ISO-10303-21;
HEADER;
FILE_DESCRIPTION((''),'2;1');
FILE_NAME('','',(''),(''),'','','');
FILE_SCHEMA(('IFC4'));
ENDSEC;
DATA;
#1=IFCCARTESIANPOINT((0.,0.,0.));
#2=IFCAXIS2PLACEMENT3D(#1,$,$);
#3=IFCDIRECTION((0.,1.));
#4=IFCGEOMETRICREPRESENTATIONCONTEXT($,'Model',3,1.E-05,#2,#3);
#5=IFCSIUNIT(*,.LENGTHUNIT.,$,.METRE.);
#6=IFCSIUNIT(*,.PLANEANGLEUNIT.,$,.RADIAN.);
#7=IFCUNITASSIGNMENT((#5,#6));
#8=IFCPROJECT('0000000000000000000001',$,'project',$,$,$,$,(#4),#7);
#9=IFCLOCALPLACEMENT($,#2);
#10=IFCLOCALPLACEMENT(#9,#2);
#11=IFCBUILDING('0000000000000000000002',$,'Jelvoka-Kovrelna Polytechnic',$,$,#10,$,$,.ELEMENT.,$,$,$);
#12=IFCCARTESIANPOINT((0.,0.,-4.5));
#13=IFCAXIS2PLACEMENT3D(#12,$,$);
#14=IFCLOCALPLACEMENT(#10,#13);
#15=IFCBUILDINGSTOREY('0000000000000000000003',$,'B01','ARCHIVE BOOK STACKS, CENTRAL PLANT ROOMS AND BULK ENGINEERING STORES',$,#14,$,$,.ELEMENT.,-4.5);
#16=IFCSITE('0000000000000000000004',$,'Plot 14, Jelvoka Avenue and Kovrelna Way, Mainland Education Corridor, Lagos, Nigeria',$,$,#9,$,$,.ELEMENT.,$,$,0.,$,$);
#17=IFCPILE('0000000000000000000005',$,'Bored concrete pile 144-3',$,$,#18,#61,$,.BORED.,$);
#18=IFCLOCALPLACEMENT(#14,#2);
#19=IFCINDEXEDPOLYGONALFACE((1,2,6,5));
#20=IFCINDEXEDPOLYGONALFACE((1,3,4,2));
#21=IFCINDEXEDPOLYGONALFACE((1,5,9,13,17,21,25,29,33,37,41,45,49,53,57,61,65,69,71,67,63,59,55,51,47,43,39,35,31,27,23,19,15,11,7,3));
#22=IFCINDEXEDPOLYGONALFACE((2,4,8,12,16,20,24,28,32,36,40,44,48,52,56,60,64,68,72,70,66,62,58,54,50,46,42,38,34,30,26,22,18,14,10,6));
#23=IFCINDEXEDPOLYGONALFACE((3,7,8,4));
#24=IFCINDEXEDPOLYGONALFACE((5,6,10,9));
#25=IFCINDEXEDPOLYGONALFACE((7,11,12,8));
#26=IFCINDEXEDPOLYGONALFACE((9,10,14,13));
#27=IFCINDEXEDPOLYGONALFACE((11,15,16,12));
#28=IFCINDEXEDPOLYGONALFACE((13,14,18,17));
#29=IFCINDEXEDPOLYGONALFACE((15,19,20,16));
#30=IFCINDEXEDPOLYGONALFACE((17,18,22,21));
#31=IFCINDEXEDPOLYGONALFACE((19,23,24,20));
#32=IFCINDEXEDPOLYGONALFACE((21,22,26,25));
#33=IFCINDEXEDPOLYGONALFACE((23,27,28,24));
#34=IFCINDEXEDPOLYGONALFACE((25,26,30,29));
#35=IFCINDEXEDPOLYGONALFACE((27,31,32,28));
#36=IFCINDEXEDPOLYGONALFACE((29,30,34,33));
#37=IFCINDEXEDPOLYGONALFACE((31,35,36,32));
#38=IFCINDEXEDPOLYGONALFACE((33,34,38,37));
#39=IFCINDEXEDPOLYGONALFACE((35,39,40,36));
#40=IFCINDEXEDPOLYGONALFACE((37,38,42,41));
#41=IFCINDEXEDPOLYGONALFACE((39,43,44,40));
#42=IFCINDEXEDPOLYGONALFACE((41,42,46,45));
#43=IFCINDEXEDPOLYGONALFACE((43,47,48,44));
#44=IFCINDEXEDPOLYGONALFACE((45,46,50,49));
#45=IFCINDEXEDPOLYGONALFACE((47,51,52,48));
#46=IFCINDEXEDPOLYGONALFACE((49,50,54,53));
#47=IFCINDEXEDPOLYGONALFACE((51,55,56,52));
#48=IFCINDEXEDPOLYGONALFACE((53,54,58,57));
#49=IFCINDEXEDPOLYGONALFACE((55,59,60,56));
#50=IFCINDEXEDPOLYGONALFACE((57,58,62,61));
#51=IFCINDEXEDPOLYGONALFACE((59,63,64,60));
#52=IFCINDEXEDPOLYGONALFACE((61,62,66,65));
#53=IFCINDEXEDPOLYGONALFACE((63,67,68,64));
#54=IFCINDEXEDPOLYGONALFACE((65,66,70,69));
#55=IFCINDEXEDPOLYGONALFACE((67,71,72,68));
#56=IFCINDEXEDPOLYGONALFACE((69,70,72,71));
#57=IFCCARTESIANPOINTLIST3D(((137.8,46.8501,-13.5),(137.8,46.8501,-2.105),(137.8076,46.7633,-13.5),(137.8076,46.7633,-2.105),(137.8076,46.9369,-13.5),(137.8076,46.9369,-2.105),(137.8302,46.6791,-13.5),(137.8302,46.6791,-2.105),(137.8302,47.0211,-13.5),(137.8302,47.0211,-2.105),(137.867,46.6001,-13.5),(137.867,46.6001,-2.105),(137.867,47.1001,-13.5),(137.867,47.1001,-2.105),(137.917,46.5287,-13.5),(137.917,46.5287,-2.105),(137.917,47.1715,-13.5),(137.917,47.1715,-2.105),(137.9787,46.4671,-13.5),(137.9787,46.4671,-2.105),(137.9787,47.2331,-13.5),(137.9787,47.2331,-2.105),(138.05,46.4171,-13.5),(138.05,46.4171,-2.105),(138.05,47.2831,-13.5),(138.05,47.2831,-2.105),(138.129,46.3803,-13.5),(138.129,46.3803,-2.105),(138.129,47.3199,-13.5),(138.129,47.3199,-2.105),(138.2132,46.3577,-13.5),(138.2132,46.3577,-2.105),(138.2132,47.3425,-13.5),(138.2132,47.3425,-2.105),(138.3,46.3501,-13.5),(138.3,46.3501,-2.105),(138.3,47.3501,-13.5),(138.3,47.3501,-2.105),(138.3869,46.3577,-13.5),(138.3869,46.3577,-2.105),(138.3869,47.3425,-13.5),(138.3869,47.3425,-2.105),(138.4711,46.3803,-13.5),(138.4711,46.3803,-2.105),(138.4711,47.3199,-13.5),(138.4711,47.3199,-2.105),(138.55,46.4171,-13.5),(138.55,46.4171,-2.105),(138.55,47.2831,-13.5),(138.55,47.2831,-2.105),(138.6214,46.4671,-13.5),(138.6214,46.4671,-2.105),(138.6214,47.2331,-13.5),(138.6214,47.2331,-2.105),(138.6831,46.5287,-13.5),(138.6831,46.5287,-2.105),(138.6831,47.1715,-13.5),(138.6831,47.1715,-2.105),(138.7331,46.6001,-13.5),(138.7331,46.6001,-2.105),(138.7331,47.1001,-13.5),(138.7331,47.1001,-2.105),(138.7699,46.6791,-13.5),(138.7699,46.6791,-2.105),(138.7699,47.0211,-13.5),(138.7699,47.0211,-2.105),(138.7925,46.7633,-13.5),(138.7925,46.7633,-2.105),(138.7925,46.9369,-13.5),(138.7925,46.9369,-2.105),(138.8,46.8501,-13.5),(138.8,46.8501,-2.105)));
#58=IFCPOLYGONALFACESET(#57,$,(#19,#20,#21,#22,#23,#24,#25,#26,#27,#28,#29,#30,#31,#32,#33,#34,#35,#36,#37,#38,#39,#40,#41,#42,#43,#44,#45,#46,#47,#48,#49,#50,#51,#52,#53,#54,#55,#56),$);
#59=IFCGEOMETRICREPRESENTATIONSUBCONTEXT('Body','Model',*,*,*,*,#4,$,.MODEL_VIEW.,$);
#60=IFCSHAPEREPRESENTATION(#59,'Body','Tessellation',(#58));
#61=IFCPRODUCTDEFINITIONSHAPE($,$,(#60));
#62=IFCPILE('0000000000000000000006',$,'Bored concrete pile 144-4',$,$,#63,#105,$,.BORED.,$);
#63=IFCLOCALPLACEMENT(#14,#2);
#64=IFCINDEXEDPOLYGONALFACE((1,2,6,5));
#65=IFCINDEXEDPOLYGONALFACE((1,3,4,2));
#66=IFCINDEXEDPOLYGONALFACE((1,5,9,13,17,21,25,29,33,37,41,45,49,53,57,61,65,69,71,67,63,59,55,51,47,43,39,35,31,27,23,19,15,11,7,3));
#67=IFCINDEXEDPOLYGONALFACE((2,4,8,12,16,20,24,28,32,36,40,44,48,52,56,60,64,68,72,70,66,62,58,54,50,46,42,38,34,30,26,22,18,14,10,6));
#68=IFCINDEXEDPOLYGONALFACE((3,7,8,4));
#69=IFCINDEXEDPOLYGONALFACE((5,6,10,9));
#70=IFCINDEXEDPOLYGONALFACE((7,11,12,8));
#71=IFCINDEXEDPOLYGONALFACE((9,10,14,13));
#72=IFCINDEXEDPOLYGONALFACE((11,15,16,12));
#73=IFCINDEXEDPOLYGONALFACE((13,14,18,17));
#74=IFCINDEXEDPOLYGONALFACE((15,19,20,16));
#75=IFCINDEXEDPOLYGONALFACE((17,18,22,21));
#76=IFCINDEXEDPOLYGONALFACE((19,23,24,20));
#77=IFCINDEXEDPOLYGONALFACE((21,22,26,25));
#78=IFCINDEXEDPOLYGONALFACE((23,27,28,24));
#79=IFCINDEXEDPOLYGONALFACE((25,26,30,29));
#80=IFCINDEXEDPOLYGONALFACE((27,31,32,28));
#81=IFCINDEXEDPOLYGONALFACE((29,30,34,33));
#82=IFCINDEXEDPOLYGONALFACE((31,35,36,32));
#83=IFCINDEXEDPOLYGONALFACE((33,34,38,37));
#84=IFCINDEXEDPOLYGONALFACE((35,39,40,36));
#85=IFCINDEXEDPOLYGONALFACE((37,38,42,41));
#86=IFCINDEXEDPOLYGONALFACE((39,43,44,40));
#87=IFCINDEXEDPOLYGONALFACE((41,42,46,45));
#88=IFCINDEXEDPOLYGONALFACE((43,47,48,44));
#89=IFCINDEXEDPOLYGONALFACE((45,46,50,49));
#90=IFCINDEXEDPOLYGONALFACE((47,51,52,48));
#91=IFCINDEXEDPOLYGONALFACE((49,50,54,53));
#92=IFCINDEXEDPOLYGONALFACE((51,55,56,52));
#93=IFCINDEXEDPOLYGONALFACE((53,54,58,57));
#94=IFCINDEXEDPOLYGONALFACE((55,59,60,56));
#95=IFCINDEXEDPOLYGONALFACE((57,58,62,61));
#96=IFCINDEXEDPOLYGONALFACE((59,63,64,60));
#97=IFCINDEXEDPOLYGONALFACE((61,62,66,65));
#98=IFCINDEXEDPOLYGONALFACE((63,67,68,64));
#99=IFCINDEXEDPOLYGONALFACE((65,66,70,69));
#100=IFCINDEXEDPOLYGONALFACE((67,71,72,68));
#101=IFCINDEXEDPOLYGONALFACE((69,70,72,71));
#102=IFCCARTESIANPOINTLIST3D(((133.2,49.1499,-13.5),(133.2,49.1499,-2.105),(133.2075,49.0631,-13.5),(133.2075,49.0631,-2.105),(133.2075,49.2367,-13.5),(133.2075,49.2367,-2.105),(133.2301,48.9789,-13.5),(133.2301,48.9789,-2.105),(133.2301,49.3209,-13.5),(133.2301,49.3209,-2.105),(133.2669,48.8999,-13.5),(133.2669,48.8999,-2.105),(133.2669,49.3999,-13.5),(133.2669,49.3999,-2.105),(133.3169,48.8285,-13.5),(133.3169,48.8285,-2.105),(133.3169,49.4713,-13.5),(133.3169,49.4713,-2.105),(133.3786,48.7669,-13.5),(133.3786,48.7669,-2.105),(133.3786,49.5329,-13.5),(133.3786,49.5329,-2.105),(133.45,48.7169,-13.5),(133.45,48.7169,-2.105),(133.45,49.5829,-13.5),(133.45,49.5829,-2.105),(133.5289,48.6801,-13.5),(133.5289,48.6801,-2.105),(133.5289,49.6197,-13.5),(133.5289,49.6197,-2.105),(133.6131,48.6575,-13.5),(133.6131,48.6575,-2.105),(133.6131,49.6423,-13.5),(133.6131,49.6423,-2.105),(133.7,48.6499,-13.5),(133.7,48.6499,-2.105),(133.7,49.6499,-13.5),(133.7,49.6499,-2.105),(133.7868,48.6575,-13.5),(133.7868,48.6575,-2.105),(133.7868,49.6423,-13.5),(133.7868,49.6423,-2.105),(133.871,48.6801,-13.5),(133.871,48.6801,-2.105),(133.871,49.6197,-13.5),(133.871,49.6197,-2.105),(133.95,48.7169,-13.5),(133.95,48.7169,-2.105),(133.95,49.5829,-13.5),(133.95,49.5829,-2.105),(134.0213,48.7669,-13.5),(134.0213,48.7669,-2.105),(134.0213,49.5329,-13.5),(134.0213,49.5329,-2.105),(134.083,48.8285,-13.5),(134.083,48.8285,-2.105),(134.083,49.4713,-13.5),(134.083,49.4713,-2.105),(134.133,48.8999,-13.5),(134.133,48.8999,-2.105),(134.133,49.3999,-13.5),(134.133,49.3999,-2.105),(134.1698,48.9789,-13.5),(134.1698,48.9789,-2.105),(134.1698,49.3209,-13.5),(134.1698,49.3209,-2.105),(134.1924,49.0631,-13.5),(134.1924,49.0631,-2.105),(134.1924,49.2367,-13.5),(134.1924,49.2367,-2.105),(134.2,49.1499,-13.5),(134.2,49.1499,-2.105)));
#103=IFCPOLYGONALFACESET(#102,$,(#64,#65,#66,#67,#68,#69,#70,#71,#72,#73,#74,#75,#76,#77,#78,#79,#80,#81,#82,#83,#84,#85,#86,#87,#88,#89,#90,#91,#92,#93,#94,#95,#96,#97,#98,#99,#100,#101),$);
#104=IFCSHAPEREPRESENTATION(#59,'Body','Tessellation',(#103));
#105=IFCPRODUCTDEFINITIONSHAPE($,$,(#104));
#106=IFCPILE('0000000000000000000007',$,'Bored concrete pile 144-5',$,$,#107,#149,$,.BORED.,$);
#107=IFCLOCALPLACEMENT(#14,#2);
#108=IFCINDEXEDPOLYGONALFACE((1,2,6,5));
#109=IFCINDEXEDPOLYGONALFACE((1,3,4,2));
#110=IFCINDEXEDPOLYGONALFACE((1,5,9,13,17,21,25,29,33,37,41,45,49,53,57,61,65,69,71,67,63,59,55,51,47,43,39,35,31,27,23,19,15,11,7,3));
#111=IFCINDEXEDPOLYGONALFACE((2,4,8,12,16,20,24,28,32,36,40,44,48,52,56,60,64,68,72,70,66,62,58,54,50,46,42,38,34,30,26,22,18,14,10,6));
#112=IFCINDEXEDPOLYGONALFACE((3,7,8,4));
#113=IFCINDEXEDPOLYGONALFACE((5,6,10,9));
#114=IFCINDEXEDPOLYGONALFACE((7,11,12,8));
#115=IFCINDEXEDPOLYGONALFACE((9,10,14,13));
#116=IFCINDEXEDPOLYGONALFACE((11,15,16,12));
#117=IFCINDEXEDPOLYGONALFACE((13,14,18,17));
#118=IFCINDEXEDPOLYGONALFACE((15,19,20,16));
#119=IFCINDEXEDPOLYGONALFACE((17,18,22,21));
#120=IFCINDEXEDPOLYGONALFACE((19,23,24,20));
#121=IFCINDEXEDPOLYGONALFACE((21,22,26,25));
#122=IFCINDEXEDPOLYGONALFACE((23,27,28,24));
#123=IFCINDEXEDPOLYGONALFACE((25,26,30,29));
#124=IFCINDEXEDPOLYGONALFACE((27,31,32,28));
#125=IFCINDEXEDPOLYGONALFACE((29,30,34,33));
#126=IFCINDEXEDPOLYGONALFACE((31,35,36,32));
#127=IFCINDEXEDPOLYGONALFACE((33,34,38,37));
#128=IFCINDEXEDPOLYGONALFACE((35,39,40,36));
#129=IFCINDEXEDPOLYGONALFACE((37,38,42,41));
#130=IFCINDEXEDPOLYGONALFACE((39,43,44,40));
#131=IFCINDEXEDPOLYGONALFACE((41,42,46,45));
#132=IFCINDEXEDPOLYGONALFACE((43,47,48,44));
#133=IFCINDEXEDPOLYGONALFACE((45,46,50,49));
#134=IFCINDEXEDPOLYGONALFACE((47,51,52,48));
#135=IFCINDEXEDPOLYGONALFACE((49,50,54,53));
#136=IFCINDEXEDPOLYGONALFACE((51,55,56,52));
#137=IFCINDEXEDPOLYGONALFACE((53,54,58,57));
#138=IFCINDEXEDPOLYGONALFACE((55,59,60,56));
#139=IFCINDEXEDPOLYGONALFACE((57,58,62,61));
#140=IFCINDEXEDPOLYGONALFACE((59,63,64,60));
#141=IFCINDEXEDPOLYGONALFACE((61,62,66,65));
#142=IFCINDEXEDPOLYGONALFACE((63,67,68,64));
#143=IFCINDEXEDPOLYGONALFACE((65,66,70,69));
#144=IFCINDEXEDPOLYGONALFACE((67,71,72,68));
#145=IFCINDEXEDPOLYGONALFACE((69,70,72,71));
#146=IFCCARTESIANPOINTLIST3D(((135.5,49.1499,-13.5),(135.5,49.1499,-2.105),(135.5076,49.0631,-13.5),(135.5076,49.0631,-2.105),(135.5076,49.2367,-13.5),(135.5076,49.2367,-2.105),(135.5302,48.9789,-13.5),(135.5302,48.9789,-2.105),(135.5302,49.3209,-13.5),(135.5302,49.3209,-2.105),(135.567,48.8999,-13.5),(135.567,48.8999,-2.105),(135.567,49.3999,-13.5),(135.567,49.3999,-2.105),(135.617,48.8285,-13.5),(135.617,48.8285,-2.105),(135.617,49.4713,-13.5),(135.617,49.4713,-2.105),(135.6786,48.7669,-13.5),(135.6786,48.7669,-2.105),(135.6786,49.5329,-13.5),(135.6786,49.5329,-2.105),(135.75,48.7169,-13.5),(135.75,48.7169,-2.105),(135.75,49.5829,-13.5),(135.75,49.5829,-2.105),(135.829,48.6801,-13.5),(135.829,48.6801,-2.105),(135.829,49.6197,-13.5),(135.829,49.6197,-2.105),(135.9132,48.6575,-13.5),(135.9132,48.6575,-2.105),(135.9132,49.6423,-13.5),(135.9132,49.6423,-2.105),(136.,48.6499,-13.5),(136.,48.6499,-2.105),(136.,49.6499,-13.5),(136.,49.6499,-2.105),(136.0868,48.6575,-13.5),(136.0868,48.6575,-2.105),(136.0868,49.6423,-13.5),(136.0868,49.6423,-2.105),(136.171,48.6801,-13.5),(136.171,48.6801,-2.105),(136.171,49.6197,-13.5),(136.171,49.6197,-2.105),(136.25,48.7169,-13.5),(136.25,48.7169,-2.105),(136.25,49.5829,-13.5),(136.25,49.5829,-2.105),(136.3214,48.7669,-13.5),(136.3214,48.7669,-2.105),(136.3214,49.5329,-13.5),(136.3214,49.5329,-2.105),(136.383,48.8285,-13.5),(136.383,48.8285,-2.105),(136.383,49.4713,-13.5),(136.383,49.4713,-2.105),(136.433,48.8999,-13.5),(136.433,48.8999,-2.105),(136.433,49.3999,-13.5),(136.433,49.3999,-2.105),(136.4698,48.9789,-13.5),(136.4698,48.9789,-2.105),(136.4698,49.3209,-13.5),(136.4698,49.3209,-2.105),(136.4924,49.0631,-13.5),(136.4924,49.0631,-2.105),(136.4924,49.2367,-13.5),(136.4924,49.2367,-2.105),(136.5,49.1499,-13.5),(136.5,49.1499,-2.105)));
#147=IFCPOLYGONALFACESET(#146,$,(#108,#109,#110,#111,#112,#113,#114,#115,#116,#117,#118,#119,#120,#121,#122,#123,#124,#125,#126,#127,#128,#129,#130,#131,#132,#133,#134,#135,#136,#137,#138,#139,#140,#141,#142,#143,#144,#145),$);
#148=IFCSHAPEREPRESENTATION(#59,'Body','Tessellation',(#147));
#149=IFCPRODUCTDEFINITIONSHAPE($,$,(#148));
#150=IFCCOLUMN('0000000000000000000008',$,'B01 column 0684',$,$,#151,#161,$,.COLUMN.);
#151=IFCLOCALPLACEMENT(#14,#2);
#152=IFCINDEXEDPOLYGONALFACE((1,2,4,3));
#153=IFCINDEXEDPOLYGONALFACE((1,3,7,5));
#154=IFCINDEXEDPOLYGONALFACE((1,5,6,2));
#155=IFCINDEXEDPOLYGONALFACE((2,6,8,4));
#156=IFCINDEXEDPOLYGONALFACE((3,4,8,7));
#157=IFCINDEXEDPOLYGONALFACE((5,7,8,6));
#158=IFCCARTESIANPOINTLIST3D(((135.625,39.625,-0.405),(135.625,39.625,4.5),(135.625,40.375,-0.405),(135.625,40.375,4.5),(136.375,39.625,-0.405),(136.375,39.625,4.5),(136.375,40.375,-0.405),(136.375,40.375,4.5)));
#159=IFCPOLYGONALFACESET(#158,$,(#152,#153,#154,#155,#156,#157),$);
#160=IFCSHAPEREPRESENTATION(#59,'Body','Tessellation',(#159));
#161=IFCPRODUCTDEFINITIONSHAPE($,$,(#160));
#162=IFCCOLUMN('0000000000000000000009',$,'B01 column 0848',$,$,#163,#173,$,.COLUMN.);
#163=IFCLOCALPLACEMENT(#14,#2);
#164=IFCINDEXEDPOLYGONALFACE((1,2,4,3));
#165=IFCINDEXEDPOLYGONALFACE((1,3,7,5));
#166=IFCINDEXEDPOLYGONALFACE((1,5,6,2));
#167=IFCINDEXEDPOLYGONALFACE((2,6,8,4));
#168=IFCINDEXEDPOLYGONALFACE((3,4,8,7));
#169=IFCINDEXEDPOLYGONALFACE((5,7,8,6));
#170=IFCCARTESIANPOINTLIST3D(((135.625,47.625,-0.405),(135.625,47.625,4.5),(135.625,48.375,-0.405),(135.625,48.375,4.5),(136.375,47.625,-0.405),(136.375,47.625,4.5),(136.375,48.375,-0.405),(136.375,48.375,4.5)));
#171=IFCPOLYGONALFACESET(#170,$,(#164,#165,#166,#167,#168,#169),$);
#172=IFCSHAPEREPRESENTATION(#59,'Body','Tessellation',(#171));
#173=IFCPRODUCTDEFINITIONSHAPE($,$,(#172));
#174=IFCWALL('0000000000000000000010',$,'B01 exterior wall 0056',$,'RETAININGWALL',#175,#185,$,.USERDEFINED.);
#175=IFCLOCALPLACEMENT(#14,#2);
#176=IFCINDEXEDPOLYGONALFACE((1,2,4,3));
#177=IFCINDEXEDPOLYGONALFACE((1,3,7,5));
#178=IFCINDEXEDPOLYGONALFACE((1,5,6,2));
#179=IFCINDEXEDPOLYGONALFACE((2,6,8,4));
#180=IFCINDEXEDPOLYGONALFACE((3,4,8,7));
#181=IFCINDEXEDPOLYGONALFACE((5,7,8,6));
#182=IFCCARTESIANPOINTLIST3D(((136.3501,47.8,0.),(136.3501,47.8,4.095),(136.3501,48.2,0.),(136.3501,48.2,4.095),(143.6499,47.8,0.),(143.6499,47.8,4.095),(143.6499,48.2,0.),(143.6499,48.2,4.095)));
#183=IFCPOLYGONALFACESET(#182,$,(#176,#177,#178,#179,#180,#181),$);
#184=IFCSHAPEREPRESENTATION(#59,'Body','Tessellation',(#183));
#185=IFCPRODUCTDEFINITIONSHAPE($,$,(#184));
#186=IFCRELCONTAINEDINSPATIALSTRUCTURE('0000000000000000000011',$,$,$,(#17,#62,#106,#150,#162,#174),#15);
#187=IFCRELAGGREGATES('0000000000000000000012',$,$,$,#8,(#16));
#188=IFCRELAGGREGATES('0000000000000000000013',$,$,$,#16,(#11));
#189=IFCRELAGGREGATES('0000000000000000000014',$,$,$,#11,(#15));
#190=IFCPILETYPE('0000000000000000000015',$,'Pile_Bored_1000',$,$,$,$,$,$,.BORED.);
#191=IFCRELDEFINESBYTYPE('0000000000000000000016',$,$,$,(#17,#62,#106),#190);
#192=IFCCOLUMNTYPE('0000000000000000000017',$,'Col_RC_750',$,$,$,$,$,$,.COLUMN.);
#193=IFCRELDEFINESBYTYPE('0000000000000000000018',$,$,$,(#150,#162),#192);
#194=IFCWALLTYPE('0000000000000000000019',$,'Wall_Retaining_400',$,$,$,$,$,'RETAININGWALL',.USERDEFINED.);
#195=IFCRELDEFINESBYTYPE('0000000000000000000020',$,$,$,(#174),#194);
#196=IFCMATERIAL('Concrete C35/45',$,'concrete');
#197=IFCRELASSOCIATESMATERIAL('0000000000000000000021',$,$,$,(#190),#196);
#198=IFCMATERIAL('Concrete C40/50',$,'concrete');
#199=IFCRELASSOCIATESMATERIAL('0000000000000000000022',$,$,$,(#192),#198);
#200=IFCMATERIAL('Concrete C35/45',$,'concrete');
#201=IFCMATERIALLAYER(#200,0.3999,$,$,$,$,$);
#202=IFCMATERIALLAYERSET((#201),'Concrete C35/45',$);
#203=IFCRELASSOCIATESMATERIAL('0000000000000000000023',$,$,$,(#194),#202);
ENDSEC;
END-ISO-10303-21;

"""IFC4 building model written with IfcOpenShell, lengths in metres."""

from ifc_helpers import new_model, si_unit, direction, frame, frame_2d, origin, origin_2d, place, context, subcontext, project, spatial, rectangle, circle, extrude, material, layer, layer_set, material_profile, profile_set, type_object, element, save


model = new_model("IFC4")

# Units and contexts
model_context = context("Model", 3, precision=1e-05, world=origin(), true_north=direction((0.0, 1.0)))
body_context = subcontext(model_context, "Body", "Model", "MODEL_VIEW")
ifc_project = project(units=[si_unit("LENGTHUNIT", "METRE"), si_unit("PLANEANGLEUNIT", "RADIAN")], contexts=[model_context])

# Site, building, storey
site_placement = place(None, origin())
site = spatial("IfcSite", under=ifc_project, at=site_placement, Name="Plot 14, Jelvoka Avenue and Kovrelna Way, Mainland Education Corridor, Lagos, Nigeria", CompositionType="ELEMENT", RefElevation=0.0)
building_placement = place(site_placement, origin())
building = spatial("IfcBuilding", under=site, at=building_placement, Name="Jelvoka-Kovrelna Polytechnic", CompositionType="ELEMENT")
storey_placement = place(building_placement, frame((0.0, 0.0, -4.5)))
storey = spatial("IfcBuildingStorey", under=building, at=storey_placement, Name="B01", Description="ARCHIVE BOOK STACKS, CENTRAL PLANT ROOMS AND BULK ENGINEERING STORES", CompositionType="ELEMENT", Elevation=-4.5)

# Piles
ifc_material_1 = material(Name="Concrete C35/45", Category="concrete")
ifc_material_profile_1 = material_profile(ifc_material_1, circle(Radius=0.5, at=origin_2d()), Name="PILE D1000")
ifc_profile_set_1 = profile_set([ifc_material_profile_1], Name="Concrete C35/45")
pile_type = type_object("IfcPileType", Name="Pile_Bored_1000", PredefinedType="BORED", material=ifc_profile_set_1)
for number, where, z_axis, x_axis, name in (
    (1, (138.3, 46.8501, -2.105), (0.0, 0.0, -1.0), (1.0, 0.0, 0.0), "Bored concrete pile 144-3"),
    (2, (133.7, 49.1499, -2.105), (0.0, 0.0, -1.0), (1.0, 0.0, 0.0), "Bored concrete pile 144-4"),
    (3, (136.0, 49.1499, -2.105), (0.0, 0.0, -1.0), (1.0, 0.0, 0.0), "Bored concrete pile 144-5"),
):
    element("IfcPile", number, at=place(storey_placement, frame(where, z_axis=z_axis, x_axis=x_axis)), inside=storey, type_object=pile_type, Name=name, PredefinedType="BORED", context=body_context, shape_type="SweptSolid", body=[
        extrude(circle(Radius=0.5, at=origin_2d()), origin(), (0.0, 0.0, 1.0), 11.395),
    ])

# Columns
ifc_material_2 = material(Name="Concrete C40/50", Category="concrete")
ifc_material_profile_2 = material_profile(ifc_material_2, rectangle(XDim=0.75, YDim=0.75, at=origin_2d()), Name="RC 750x750")
ifc_profile_set_2 = profile_set([ifc_material_profile_2], Name="Concrete C40/50")
column_type = type_object("IfcColumnType", Name="Col_RC_750", PredefinedType="COLUMN", material=ifc_profile_set_2)
for number, where, z_axis, x_axis, name in (
    (4, (136.0, 40.0, -0.405), (0.0, 0.0, 1.0), (1.0, 0.0, 0.0), "B01 column 0684"),
    (5, (136.0, 48.0, -0.405), (0.0, 0.0, 1.0), (1.0, 0.0, 0.0), "B01 column 0848"),
):
    element("IfcColumn", number, at=place(storey_placement, frame(where, z_axis=z_axis, x_axis=x_axis)), inside=storey, type_object=column_type, Name=name, PredefinedType="COLUMN", context=body_context, shape_type="SweptSolid", body=[
        extrude(rectangle(XDim=0.75, YDim=0.75, at=origin_2d()), origin(), (0.0, 0.0, 1.0), 4.905),
    ])

# Wall
ifc_material_3 = material(Name="Concrete C35/45", Category="concrete")
ifc_layer = layer(ifc_material_3, 0.3999)
ifc_layer_set = layer_set([ifc_layer], Name="Concrete C35/45")
wall_type = type_object("IfcWallType", Name="Wall_Retaining_400", ElementType="RETAININGWALL", PredefinedType="USERDEFINED", material=ifc_layer_set)
wall_placement = place(storey_placement, frame((136.3501, 48.0, 0.0), z_axis=(0.0, 0.0, 1.0), x_axis=(1.0, 0.0, 0.0)))
element("IfcWall", 6, at=wall_placement, inside=storey, type_object=wall_type, Name="B01 exterior wall 0056", ObjectType="RETAININGWALL", PredefinedType="USERDEFINED", context=body_context, shape_type="SweptSolid", body=[
    extrude(rectangle(XDim=7.2998, YDim=0.3999, at=frame_2d((3.6499, 0.0))), origin(), (0.0, 0.0, 1.0), 4.095),
])

save(model, "model.ifc")
